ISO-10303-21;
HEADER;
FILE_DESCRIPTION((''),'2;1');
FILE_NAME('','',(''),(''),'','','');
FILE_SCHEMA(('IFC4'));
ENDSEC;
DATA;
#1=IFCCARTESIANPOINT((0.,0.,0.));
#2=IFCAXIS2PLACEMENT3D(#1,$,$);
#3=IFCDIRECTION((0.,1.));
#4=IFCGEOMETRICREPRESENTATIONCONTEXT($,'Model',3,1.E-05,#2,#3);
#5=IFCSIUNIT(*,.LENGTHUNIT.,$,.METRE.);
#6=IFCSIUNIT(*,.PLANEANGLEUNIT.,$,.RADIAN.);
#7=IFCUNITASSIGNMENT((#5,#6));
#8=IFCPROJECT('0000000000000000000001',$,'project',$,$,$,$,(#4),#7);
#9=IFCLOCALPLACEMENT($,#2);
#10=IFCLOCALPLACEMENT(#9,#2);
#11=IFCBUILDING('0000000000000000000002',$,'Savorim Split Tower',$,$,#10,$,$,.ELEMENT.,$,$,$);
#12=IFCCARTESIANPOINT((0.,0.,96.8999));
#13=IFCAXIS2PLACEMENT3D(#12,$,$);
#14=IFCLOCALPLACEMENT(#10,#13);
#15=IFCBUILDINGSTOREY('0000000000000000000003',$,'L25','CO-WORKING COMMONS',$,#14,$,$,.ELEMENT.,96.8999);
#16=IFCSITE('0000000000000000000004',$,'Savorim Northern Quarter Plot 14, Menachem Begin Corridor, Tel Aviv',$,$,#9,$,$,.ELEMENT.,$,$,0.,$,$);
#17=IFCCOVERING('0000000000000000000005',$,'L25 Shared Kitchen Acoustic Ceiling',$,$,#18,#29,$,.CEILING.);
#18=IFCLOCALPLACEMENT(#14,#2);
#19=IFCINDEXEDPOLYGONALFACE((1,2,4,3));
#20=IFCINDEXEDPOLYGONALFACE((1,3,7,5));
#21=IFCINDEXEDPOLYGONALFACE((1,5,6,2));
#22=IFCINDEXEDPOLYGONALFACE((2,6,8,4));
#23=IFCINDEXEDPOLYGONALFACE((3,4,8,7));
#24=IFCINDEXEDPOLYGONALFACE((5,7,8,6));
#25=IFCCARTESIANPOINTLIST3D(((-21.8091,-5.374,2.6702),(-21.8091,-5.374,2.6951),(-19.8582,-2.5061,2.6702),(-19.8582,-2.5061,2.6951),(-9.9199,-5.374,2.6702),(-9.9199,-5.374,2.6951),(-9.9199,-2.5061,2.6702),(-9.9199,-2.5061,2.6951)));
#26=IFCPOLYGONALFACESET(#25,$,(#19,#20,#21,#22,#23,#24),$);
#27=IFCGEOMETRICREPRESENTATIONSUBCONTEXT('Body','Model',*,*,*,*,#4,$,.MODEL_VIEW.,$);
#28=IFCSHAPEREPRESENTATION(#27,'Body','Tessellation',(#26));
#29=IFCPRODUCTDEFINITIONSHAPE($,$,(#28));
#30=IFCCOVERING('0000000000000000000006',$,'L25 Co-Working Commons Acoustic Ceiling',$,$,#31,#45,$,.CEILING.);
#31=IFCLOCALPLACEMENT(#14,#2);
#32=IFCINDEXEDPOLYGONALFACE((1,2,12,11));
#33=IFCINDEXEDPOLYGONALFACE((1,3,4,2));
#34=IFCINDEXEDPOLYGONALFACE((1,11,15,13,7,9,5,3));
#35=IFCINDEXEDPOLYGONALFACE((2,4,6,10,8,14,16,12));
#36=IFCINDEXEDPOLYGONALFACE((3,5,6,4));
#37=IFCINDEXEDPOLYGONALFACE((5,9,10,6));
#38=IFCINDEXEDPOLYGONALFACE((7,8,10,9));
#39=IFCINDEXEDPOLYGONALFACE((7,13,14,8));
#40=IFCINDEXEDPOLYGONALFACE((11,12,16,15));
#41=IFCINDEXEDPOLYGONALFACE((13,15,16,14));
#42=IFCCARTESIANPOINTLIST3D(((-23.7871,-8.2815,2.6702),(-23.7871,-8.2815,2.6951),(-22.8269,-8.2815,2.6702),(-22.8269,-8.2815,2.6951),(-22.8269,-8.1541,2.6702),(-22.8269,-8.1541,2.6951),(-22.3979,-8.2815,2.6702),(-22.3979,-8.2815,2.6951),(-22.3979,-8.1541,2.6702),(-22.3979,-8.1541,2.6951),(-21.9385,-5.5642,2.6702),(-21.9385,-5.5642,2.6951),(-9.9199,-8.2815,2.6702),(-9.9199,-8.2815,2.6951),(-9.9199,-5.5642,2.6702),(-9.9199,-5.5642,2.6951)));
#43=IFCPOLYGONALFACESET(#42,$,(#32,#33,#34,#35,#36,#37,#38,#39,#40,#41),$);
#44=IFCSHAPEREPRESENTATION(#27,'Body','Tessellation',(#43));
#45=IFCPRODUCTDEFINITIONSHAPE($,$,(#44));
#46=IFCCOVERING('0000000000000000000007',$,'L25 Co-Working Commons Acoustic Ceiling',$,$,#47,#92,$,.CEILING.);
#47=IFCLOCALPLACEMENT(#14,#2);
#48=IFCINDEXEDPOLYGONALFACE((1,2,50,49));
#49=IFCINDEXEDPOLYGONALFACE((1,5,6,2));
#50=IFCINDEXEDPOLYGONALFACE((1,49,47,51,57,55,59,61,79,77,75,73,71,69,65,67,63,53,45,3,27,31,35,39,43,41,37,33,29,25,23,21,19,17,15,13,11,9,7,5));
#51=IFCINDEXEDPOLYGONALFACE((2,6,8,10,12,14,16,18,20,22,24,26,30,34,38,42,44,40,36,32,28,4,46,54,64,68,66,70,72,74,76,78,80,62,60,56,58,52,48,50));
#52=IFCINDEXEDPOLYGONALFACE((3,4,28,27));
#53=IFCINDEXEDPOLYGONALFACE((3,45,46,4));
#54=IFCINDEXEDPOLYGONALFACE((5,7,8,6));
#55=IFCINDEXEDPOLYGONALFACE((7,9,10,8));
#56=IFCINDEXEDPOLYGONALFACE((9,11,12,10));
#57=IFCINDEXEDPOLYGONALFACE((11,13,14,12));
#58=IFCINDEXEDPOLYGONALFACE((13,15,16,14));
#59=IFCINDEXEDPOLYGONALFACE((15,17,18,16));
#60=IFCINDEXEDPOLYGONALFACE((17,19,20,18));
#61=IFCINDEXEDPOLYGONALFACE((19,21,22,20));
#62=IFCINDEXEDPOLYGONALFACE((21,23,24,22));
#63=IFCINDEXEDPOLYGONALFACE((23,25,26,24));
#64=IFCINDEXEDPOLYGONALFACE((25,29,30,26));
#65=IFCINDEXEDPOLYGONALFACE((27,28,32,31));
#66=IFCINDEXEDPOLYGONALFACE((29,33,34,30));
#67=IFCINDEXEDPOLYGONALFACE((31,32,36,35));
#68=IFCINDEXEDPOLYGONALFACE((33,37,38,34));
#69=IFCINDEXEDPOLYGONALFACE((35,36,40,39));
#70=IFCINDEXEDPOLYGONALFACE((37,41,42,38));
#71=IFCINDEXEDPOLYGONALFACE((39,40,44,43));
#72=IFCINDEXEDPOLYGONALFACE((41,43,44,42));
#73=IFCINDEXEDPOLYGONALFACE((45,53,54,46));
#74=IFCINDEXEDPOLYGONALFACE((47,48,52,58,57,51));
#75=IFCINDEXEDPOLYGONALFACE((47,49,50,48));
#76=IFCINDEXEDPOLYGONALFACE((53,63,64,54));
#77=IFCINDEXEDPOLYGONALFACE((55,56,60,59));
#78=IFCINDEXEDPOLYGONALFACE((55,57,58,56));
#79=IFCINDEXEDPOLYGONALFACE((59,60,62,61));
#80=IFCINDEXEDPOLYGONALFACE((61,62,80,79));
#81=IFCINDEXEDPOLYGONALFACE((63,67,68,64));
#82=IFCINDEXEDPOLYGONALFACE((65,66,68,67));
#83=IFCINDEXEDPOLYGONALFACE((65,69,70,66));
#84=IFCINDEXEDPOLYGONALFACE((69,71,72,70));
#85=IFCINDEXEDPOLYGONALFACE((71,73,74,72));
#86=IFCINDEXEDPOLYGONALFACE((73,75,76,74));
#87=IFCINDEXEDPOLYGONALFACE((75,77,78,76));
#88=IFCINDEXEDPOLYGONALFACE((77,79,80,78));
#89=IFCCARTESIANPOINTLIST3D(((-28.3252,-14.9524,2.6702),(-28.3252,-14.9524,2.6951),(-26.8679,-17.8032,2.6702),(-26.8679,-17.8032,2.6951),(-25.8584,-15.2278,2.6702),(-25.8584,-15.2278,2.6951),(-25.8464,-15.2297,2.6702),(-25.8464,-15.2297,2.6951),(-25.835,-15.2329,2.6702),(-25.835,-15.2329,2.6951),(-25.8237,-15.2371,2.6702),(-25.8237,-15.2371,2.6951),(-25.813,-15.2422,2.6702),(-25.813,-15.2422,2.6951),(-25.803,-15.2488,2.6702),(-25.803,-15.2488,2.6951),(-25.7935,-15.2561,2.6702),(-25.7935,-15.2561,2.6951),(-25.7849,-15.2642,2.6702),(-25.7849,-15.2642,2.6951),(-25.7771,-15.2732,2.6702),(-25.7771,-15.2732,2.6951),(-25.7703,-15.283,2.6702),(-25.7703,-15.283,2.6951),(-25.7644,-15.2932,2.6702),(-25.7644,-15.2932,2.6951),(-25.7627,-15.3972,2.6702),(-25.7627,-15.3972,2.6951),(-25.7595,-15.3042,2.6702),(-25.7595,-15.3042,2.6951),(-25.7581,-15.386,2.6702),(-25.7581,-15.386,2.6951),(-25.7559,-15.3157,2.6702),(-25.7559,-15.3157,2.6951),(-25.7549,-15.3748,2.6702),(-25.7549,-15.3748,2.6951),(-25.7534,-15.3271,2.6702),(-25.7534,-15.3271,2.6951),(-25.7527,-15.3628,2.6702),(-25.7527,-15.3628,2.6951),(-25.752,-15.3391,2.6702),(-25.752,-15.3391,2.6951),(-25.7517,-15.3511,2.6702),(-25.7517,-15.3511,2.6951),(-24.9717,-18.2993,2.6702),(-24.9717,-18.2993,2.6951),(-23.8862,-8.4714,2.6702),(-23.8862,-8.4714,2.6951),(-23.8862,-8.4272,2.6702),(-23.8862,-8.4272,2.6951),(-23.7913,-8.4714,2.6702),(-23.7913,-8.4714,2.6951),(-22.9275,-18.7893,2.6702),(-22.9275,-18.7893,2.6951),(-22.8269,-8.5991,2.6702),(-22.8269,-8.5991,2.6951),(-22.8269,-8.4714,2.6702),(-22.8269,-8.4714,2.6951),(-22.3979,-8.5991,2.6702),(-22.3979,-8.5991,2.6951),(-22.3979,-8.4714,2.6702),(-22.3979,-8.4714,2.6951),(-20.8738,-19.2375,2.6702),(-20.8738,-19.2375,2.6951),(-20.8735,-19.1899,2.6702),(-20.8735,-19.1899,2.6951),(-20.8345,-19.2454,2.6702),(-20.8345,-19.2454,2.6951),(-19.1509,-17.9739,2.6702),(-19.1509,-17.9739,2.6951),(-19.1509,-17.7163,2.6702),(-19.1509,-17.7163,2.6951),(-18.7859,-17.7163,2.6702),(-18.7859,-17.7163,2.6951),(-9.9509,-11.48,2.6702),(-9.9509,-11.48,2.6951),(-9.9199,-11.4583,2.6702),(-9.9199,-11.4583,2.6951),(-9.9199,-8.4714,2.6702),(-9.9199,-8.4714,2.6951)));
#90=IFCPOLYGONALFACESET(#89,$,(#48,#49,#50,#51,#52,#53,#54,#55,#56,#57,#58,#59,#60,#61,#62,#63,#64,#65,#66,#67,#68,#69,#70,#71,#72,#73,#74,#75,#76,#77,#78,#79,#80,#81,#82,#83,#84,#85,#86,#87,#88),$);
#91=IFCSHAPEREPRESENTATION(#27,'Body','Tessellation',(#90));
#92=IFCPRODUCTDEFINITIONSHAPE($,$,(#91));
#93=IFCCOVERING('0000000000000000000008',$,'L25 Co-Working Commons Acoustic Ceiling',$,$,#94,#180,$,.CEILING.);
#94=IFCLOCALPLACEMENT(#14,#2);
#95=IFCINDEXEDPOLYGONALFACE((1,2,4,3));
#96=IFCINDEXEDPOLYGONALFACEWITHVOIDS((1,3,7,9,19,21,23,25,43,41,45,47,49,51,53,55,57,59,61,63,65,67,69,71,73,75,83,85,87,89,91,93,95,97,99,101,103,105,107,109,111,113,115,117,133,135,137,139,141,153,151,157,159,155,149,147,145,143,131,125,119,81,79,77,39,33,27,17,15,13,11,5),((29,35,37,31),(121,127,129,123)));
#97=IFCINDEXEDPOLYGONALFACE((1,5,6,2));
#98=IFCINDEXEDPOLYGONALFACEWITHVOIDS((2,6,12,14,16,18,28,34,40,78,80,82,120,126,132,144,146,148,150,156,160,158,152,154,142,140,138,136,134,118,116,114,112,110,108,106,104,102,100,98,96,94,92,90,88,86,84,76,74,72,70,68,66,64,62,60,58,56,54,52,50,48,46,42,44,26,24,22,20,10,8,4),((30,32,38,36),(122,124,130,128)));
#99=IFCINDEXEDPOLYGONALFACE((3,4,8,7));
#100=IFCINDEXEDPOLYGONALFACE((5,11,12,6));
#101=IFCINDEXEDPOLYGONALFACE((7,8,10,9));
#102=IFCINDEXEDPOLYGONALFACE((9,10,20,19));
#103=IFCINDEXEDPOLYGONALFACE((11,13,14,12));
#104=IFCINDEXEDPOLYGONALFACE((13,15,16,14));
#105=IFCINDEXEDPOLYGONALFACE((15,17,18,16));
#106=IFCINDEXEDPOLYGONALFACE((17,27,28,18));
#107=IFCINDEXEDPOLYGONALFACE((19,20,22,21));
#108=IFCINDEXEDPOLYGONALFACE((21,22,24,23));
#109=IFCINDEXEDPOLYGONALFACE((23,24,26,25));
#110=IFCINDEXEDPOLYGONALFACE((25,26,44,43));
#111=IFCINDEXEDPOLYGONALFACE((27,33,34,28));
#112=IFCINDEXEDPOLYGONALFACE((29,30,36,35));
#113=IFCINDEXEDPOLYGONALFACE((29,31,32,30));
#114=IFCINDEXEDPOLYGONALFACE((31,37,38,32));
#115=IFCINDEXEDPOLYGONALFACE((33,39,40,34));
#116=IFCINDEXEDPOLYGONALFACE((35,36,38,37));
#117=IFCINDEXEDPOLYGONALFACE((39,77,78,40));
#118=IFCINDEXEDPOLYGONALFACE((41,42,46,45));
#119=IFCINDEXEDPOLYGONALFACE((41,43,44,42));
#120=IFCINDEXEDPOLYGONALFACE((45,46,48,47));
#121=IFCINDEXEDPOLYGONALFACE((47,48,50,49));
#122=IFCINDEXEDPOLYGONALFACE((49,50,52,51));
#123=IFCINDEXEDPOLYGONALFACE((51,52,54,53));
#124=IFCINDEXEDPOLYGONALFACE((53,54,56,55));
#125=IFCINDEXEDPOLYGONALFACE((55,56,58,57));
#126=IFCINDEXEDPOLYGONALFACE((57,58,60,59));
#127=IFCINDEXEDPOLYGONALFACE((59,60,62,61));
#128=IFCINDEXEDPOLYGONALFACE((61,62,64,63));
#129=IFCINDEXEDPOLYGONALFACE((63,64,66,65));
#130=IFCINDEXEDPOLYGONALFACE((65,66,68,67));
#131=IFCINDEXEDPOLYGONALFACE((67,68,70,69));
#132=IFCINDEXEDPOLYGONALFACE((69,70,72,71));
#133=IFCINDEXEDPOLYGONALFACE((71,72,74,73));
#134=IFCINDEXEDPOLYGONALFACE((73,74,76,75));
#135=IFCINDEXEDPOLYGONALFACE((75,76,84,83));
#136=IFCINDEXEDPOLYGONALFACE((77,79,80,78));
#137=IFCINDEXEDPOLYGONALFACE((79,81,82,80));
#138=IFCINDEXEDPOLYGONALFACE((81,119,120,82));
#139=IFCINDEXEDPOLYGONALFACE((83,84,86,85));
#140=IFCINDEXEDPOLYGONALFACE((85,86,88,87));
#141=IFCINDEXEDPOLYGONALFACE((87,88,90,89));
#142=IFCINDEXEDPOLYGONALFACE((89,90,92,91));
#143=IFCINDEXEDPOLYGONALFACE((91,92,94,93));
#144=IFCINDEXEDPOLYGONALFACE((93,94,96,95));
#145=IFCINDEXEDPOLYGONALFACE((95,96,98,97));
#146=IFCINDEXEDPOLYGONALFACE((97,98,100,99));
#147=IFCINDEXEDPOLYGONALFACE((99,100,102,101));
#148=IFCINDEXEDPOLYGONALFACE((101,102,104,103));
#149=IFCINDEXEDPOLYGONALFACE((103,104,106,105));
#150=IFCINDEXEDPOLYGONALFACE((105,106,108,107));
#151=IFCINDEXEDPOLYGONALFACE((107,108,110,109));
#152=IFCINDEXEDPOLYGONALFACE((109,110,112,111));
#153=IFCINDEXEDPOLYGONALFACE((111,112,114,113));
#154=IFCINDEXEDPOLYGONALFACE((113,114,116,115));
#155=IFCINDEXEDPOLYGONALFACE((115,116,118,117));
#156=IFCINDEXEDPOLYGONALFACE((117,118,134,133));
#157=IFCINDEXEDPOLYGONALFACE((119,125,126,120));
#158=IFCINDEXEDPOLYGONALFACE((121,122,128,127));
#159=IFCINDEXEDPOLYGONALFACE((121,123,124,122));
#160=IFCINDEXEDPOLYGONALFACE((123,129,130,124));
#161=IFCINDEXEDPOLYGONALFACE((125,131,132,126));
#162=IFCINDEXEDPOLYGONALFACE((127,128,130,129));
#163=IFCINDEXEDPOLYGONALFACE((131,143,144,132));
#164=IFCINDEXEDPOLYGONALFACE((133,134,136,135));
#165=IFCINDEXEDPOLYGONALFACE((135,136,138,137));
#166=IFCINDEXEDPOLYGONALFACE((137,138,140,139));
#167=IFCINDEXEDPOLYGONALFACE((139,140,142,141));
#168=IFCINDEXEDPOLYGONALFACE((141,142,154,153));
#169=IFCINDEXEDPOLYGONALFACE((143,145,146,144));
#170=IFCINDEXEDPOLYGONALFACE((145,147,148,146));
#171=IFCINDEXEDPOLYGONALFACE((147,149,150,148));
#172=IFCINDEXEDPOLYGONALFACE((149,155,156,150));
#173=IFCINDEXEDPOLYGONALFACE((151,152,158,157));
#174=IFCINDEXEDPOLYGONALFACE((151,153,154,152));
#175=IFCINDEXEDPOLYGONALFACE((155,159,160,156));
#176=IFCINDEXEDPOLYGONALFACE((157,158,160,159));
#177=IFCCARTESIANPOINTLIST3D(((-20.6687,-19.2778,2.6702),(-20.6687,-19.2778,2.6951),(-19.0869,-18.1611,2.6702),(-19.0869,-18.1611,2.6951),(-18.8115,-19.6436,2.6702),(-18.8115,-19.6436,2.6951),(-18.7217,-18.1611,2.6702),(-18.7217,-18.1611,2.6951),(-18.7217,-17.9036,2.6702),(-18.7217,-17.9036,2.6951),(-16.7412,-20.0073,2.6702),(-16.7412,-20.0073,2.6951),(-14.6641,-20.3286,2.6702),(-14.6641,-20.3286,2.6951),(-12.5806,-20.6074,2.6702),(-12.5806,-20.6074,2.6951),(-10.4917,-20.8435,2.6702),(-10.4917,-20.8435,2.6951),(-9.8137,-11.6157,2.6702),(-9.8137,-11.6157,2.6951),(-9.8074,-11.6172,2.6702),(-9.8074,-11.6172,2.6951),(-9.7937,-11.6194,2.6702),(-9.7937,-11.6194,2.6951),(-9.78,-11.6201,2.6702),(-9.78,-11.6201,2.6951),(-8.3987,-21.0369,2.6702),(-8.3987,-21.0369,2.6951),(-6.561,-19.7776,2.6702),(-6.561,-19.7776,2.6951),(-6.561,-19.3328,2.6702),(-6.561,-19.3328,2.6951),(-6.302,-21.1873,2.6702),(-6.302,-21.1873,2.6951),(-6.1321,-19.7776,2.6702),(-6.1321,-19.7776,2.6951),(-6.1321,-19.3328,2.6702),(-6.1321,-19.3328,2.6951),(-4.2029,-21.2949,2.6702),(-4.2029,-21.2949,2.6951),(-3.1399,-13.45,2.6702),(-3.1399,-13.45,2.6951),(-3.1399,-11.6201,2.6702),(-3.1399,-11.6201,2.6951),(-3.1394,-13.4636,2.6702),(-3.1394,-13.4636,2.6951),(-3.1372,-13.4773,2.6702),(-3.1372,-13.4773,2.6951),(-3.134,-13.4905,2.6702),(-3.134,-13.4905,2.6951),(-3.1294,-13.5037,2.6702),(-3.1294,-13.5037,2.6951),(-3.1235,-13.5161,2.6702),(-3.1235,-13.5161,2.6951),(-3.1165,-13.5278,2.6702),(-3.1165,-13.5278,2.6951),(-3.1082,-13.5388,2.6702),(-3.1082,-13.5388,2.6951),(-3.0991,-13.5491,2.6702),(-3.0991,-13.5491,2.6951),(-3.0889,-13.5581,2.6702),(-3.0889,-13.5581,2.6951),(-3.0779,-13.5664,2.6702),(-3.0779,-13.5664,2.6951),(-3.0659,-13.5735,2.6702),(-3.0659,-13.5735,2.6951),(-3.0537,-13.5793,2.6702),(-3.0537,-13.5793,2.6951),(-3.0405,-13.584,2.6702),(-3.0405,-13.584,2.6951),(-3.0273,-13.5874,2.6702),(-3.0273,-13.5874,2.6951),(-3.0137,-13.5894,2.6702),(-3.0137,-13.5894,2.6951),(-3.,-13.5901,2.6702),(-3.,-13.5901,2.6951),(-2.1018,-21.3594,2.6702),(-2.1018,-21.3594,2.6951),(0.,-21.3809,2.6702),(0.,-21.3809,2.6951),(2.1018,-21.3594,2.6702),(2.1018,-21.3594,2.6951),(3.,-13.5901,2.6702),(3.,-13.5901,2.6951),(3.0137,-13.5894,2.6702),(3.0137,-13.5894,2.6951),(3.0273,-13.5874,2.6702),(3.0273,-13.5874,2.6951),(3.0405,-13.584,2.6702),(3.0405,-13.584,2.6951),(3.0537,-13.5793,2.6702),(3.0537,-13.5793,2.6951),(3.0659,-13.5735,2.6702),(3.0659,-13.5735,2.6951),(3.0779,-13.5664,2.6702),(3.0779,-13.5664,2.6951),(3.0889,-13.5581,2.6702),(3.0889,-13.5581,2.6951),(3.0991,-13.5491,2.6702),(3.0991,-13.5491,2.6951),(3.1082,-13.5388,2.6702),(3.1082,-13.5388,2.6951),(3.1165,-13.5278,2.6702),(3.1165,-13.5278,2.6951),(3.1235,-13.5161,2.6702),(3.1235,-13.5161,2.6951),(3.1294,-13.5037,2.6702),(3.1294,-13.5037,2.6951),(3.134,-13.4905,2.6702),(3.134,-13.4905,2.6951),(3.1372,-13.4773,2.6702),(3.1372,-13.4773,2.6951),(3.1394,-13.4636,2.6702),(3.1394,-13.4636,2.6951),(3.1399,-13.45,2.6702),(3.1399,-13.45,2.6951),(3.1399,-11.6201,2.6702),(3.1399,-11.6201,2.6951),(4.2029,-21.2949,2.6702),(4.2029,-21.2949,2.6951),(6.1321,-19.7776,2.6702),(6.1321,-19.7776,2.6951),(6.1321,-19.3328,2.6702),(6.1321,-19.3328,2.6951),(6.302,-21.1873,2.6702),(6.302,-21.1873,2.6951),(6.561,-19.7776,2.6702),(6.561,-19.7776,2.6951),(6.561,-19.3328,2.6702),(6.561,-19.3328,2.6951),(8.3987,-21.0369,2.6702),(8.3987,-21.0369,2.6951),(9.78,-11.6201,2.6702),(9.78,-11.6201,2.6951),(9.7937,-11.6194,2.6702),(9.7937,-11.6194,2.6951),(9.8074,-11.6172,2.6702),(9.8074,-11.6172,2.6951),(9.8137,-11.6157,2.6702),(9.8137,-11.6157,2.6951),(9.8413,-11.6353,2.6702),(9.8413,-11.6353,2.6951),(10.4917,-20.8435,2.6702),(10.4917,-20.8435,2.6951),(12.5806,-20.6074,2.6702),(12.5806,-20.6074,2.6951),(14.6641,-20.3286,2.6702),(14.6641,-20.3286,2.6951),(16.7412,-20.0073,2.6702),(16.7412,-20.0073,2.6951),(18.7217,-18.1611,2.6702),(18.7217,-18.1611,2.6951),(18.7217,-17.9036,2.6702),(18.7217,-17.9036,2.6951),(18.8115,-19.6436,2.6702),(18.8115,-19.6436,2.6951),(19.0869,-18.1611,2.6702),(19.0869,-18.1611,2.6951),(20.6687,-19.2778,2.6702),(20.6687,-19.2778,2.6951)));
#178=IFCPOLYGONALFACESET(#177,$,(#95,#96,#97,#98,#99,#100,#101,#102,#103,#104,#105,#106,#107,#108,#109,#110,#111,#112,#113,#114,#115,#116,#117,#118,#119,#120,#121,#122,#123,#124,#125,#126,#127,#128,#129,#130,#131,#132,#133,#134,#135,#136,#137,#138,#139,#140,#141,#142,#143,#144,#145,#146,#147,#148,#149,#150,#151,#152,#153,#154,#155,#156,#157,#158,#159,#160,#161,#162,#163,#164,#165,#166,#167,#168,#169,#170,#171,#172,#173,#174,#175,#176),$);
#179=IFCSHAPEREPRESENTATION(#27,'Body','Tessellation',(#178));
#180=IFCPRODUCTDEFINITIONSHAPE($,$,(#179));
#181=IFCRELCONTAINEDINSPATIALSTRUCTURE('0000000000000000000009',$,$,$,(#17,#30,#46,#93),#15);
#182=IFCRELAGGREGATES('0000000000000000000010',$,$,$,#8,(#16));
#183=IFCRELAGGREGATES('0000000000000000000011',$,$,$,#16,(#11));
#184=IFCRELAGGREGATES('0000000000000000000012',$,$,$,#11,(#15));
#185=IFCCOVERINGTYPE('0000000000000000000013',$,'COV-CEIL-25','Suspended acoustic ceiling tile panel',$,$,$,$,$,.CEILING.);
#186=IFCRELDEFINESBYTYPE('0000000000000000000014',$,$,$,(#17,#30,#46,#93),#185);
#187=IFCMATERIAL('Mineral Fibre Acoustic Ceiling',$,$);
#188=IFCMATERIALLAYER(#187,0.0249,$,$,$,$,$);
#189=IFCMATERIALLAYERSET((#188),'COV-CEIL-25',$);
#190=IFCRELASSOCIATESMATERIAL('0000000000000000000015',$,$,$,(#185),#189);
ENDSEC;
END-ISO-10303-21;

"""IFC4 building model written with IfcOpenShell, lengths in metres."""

from ifc_helpers import new_model, si_unit, direction, frame, origin, place, context, subcontext, project, spatial, polyline, outline, extrude, material, layer, layer_set, type_object, element, save


model = new_model("IFC4")

# Units and contexts
model_context = context("Model", 3, precision=1e-05, world=origin(), true_north=direction((0.0, 1.0)))
body_context = subcontext(model_context, "Body", "Model", "MODEL_VIEW")
ifc_project = project(units=[si_unit("LENGTHUNIT", "METRE"), si_unit("PLANEANGLEUNIT", "RADIAN")], contexts=[model_context])

# Site, building, storey
site_placement = place(None, origin())
site = spatial("IfcSite", under=ifc_project, at=site_placement, Name="Savorim Northern Quarter Plot 14, Menachem Begin Corridor, Tel Aviv", CompositionType="ELEMENT", RefElevation=0.0)
building_placement = place(site_placement, origin())
building = spatial("IfcBuilding", under=site, at=building_placement, Name="Savorim Split Tower", CompositionType="ELEMENT")
storey_placement = place(building_placement, frame((0.0, 0.0, 96.8999)))
storey = spatial("IfcBuildingStorey", under=building, at=storey_placement, Name="L25", Description="CO-WORKING COMMONS", CompositionType="ELEMENT", Elevation=96.8999)

# Coverings
ifc_material_1 = material(Name="Mineral Fibre Acoustic Ceiling")
ifc_layer_1 = layer(ifc_material_1, 0.0249)
ifc_layer_set_1 = layer_set([ifc_layer_1], Name="COV-CEIL-25")
covering_type_1 = type_object("IfcCoveringType", Name="COV-CEIL-25", Description="Suspended acoustic ceiling tile panel", PredefinedType="CEILING", material=ifc_layer_set_1)
covering_1_placement = place(storey_placement, frame((0.0, 0.0, 2.6702)))
element("IfcCovering", 1, at=covering_1_placement, inside=storey, type_object=covering_type_1, Name="L25 Shared Kitchen Acoustic Ceiling", PredefinedType="CEILING", context=body_context, shape_type="SweptSolid", body=[
    extrude(outline(polyline([(-19.8582, -2.5061), (-21.8091, -5.374), (-9.9199, -5.374), (-9.9199, -2.5061), (-19.8582, -2.5061)])), origin(), (0.0, 0.0, 1.0), 0.0249),
])
covering_2_placement = place(storey_placement, frame((0.0, 0.0, 2.6702)))
element("IfcCovering", 2, at=covering_2_placement, inside=storey, type_object=covering_type_1, Name="L25 Co-Working Commons Acoustic Ceiling", PredefinedType="CEILING", context=body_context, shape_type="SweptSolid", body=[
    extrude(outline(polyline([(-22.3979, -8.1541), (-22.3979, -8.2815), (-9.9199, -8.2815), (-9.9199, -5.5642), (-21.9385, -5.5642), (-23.7871, -8.2815), (-22.8269, -8.2815), (-22.8269, -8.1541), (-22.3979, -8.1541)])), origin(), (0.0, 0.0, 1.0), 0.0249),
])
covering_3_placement = place(storey_placement, frame((0.0, 0.0, 2.6702)))
element("IfcCovering", 3, at=covering_3_placement, inside=storey, type_object=covering_type_1, Name="L25 Co-Working Commons Acoustic Ceiling", PredefinedType="CEILING", context=body_context, shape_type="SweptSolid", body=[
    extrude(outline(polyline([(-25.752, -15.3391), (-25.7517, -15.3511), (-25.7527, -15.3628), (-25.7549, -15.3748), (-25.7581, -15.386), (-25.7627, -15.3972), (-26.8679, -17.8032), (-24.9717, -18.2993), (-22.9275, -18.7893), (-20.8738, -19.2375), (-20.8345, -19.2454), (-20.8735, -19.1899), (-19.1509, -17.9739), (-19.1509, -17.7163), (-18.7859, -17.7163), (-9.9509, -11.48), (-9.9199, -11.4583), (-9.9199, -8.4714), (-22.3979, -8.4714), (-22.3979, -8.5991), (-22.8269, -8.5991), (-22.8269, -8.4714), (-23.7913, -8.4714), (-23.8862, -8.4714), (-23.8862, -8.4272), (-28.3252, -14.9524), (-25.8584, -15.2278), (-25.8464, -15.2297), (-25.835, -15.2329), (-25.8237, -15.2371), (-25.813, -15.2422), (-25.803, -15.2488), (-25.7935, -15.2561), (-25.7849, -15.2642), (-25.7771, -15.2732), (-25.7703, -15.283), (-25.7644, -15.2932), (-25.7595, -15.3042), (-25.7559, -15.3157), (-25.7534, -15.3271), (-25.752, -15.3391)])), origin(), (0.0, 0.0, 1.0), 0.0249),
])
covering_4_placement = place(storey_placement, frame((0.0, 0.0, 2.6702)))
element("IfcCovering", 4, at=covering_4_placement, inside=storey, type_object=covering_type_1, Name="L25 Co-Working Commons Acoustic Ceiling", PredefinedType="CEILING", context=body_context, shape_type="SweptSolid", body=[
    extrude(outline(polyline([(12.5806, -20.6074), (14.6641, -20.3286), (16.7412, -20.0073), (18.8115, -19.6436), (20.6687, -19.2778), (19.0869, -18.1611), (18.7217, -18.1611), (18.7217, -17.9036), (9.8413, -11.6353), (9.8137, -11.6157), (9.8074, -11.6172), (9.7937, -11.6194), (9.78, -11.6201), (3.1399, -11.6201), (3.1399, -13.45), (3.1394, -13.4636), (3.1372, -13.4773), (3.134, -13.4905), (3.1294, -13.5037), (3.1235, -13.5161), (3.1165, -13.5278), (3.1082, -13.5388), (3.0991, -13.5491), (3.0889, -13.5581), (3.0779, -13.5664), (3.0659, -13.5735), (3.0537, -13.5793), (3.0405, -13.584), (3.0273, -13.5874), (3.0137, -13.5894), (3.0, -13.5901), (-3.0, -13.5901), (-3.0137, -13.5894), (-3.0273, -13.5874), (-3.0405, -13.584), (-3.0537, -13.5793), (-3.0659, -13.5735), (-3.0779, -13.5664), (-3.0889, -13.5581), (-3.0991, -13.5491), (-3.1082, -13.5388), (-3.1165, -13.5278), (-3.1235, -13.5161), (-3.1294, -13.5037), (-3.134, -13.4905), (-3.1372, -13.4773), (-3.1394, -13.4636), (-3.1399, -13.45), (-3.1399, -11.6201), (-9.78, -11.6201), (-9.7937, -11.6194), (-9.8074, -11.6172), (-9.8137, -11.6157), (-18.7217, -17.9036), (-18.7217, -18.1611), (-19.0869, -18.1611), (-20.6687, -19.2778), (-18.8115, -19.6436), (-16.7412, -20.0073), (-14.6641, -20.3286), (-12.5806, -20.6074), (-10.4917, -20.8435), (-8.3987, -21.0369), (-6.302, -21.1873), (-4.2029, -21.2949), (-2.1018, -21.3594), (0.0, -21.3809), (2.1018, -21.3594), (4.2029, -21.2949), (6.302, -21.1873), (8.3987, -21.0369), (10.4917, -20.8435), (12.5806, -20.6074)]), holes=[polyline([(-6.561, -19.7776), (-6.1321, -19.7776), (-6.1321, -19.3328), (-6.561, -19.3328), (-6.561, -19.7776)]), polyline([(6.1321, -19.7776), (6.561, -19.7776), (6.561, -19.3328), (6.1321, -19.3328), (6.1321, -19.7776)])]), origin(), (0.0, 0.0, 1.0), 0.0249),
])

save(model, "model.ifc")
